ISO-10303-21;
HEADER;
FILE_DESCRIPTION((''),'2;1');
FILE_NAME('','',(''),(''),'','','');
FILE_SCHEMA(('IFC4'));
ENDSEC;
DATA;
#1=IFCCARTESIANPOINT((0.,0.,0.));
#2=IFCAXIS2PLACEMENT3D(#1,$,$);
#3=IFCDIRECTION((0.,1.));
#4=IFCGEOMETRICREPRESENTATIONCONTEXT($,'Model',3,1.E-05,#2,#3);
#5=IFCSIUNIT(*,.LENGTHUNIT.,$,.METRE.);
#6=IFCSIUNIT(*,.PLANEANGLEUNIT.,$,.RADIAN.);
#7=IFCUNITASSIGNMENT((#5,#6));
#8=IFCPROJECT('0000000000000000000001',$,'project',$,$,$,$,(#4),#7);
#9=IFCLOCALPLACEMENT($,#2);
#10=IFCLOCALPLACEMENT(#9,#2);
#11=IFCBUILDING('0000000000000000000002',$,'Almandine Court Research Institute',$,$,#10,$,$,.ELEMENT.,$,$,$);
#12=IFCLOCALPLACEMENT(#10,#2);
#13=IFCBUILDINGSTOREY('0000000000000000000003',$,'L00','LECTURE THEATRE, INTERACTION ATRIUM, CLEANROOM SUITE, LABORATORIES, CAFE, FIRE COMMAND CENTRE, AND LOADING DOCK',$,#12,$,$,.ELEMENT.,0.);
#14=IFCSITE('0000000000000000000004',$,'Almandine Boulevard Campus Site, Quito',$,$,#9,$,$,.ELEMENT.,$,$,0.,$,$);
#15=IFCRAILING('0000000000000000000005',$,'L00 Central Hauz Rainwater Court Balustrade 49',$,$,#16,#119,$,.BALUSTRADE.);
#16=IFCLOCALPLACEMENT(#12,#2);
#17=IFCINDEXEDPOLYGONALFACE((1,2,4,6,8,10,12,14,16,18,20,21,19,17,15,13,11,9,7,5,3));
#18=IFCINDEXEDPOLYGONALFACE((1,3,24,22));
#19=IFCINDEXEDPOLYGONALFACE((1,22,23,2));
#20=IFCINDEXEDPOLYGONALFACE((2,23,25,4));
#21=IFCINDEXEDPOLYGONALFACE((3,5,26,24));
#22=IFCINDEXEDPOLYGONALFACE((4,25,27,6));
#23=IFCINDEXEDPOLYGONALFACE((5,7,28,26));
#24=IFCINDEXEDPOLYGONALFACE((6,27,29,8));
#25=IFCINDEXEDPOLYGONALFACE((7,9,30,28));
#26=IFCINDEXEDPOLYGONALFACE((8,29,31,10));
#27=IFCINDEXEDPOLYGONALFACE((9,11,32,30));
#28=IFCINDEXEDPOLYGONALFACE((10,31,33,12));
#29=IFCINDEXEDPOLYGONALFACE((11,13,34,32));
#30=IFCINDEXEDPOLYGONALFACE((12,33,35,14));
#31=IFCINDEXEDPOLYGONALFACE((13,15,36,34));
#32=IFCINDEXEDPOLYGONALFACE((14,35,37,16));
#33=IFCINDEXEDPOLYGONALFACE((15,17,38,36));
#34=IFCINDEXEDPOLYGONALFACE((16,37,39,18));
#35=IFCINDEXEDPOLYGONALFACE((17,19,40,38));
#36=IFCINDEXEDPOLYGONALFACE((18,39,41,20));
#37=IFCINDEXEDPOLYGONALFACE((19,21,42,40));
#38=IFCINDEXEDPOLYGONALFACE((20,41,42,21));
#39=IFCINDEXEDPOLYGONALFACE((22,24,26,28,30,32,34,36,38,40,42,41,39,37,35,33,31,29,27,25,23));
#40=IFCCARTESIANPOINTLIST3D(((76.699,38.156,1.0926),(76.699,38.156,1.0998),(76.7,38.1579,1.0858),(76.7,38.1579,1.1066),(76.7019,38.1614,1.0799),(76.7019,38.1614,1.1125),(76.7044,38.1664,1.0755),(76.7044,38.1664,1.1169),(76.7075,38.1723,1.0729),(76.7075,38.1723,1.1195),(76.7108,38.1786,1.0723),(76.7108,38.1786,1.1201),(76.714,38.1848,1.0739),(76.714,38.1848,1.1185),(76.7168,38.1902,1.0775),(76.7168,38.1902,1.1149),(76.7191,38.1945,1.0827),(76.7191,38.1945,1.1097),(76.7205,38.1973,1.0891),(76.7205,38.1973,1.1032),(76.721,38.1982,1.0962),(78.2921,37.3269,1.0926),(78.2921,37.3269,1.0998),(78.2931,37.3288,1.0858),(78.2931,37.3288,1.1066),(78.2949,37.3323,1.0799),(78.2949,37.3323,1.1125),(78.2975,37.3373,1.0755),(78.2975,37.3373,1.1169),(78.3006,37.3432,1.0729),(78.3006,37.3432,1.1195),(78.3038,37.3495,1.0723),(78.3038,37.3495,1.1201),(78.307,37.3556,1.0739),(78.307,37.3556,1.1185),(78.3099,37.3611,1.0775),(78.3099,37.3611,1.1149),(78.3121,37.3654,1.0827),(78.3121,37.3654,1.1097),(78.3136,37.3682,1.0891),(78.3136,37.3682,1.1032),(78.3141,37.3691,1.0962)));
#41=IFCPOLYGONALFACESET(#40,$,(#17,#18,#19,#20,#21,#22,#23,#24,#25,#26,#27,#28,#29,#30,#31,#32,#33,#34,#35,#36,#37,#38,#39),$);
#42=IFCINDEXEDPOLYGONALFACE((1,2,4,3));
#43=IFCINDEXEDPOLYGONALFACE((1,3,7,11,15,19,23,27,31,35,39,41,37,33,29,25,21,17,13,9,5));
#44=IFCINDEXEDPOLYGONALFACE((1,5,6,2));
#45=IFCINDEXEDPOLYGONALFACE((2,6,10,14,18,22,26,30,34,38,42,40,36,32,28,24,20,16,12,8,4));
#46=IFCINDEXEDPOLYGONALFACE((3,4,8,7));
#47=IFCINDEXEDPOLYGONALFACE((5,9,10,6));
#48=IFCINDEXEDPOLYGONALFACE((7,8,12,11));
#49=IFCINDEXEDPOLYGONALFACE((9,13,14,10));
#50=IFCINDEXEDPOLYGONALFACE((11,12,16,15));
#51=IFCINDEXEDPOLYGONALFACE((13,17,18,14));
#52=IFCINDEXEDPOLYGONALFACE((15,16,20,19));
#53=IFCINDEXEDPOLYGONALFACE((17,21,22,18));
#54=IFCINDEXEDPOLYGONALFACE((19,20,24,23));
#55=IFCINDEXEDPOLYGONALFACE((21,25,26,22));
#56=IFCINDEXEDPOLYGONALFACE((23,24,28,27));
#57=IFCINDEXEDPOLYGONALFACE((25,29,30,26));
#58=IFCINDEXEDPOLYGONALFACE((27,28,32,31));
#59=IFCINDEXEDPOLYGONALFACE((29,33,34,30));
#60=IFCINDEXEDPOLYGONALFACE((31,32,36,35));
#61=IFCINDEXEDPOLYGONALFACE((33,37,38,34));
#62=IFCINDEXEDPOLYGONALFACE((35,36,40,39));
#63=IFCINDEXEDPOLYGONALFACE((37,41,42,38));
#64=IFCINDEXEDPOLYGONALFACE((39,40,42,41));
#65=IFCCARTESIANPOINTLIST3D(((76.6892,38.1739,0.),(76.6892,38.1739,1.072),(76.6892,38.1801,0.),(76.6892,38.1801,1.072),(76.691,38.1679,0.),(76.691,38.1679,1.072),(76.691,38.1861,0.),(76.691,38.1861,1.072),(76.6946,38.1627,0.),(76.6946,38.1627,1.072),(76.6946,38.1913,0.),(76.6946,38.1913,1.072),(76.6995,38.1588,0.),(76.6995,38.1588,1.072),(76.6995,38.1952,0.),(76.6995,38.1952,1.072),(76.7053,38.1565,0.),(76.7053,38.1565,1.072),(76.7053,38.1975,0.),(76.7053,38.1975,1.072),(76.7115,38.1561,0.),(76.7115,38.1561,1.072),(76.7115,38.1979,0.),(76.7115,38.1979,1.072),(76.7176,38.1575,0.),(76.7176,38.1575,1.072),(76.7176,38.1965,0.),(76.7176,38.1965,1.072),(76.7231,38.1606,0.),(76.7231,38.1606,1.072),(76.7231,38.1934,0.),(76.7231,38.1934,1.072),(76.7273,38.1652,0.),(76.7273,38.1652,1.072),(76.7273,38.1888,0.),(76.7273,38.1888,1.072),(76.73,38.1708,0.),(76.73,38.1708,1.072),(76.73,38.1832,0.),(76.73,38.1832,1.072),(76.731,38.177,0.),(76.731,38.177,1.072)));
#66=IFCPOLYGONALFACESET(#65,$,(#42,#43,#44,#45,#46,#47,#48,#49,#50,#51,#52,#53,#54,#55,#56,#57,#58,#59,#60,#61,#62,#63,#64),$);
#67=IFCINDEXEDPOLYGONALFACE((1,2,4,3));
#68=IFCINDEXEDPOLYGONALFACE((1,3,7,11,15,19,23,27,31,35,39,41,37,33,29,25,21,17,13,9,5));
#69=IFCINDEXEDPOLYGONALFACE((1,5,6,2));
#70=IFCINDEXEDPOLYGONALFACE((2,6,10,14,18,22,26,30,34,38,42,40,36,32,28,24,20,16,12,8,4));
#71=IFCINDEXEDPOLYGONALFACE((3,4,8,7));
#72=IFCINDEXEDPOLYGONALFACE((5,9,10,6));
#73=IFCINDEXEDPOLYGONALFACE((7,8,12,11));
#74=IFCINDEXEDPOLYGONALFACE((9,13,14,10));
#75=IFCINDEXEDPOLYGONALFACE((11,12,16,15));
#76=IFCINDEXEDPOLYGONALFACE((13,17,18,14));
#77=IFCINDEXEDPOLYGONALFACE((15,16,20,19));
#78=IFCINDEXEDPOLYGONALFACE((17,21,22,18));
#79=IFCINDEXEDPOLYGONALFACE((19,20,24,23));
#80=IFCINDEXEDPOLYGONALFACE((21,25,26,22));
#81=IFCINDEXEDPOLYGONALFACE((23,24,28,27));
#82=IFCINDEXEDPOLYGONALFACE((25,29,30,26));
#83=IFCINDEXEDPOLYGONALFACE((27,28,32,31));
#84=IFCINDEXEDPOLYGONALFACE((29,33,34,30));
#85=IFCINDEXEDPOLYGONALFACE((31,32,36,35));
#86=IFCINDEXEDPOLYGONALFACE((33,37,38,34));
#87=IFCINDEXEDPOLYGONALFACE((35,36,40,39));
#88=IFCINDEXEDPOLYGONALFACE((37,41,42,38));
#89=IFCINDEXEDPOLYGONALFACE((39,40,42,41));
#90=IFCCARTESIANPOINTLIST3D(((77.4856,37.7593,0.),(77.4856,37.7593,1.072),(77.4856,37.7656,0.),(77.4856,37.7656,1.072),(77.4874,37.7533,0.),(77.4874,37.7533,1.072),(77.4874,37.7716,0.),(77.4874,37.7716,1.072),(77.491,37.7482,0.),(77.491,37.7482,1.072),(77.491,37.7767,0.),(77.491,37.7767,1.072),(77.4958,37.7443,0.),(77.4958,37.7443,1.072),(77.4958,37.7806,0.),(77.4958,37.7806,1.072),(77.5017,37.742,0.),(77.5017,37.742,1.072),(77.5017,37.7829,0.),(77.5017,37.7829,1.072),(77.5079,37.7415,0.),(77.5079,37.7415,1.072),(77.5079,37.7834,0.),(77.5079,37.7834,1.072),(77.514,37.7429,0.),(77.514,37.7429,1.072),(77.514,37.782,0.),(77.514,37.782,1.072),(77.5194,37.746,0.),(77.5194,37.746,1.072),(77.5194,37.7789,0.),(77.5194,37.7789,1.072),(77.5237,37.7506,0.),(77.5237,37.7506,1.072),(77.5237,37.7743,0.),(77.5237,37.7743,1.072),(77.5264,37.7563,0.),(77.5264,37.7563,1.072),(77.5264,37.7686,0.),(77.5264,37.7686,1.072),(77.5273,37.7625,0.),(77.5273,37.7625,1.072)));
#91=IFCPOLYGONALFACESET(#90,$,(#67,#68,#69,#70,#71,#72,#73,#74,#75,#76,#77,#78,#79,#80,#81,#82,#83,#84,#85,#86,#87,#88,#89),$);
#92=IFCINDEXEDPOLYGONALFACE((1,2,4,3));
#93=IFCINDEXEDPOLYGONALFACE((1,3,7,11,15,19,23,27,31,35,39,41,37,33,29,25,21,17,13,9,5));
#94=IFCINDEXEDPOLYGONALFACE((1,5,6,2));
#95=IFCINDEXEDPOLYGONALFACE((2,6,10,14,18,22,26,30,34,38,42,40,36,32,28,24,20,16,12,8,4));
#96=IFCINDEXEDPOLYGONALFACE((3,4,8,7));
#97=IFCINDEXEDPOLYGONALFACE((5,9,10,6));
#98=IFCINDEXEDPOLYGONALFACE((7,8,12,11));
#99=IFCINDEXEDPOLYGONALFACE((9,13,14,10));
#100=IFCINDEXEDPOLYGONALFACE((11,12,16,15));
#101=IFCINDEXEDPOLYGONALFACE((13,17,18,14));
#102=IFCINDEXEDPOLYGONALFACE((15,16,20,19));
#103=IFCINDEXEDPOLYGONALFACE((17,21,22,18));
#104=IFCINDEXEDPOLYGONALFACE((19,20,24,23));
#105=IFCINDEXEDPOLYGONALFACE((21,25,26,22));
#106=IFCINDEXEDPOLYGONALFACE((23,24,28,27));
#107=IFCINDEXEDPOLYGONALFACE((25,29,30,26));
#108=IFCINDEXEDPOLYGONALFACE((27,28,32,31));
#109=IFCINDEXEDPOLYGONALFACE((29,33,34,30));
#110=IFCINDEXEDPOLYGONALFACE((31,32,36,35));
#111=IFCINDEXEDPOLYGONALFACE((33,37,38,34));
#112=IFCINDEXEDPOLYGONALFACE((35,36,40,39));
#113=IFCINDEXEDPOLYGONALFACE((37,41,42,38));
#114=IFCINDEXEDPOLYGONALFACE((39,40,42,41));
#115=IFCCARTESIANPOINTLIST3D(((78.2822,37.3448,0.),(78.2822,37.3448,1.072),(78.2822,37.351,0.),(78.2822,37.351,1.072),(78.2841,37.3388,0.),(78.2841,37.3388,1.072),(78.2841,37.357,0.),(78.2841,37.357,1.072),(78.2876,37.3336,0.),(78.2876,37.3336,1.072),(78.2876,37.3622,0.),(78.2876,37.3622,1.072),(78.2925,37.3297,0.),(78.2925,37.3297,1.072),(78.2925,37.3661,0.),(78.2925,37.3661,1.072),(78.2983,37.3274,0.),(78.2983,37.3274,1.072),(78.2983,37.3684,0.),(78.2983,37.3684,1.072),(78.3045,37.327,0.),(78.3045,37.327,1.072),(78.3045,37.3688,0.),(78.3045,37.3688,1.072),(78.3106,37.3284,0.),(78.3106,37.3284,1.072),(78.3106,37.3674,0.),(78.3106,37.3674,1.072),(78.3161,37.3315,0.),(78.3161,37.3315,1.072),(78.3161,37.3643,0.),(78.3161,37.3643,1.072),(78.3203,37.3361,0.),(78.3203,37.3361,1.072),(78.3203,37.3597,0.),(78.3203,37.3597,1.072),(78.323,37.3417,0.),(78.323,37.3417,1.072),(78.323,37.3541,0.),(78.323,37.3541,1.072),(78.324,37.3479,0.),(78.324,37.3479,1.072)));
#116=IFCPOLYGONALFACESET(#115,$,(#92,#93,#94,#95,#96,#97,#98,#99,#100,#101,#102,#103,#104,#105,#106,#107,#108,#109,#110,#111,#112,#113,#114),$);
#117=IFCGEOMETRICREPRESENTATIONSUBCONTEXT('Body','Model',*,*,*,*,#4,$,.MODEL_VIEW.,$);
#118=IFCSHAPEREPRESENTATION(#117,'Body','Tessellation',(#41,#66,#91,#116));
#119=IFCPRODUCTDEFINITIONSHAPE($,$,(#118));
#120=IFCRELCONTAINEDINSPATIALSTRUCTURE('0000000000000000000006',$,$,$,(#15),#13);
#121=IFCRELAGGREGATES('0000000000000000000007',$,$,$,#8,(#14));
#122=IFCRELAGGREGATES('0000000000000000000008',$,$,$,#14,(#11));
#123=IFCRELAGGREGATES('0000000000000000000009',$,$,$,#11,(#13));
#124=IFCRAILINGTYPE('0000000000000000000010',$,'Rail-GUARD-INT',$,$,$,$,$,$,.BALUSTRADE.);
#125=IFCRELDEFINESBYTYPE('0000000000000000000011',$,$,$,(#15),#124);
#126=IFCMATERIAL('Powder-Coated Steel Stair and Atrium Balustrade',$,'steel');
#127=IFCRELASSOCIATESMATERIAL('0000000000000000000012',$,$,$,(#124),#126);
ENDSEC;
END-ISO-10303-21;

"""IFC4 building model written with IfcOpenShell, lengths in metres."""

from ifc_helpers import new_model, si_unit, direction, frame, origin, origin_2d, place, context, subcontext, project, spatial, circle, extrude, material, type_object, element, save


model = new_model("IFC4")

# Units and contexts
model_context = context("Model", 3, precision=1e-05, world=origin(), true_north=direction((0.0, 1.0)))
body_context = subcontext(model_context, "Body", "Model", "MODEL_VIEW")
ifc_project = project(units=[si_unit("LENGTHUNIT", "METRE"), si_unit("PLANEANGLEUNIT", "RADIAN")], contexts=[model_context])

# Site, building, storey
site_placement = place(None, origin())
site = spatial("IfcSite", under=ifc_project, at=site_placement, Name="Almandine Boulevard Campus Site, Quito", CompositionType="ELEMENT", RefElevation=0.0)
building_placement = place(site_placement, origin())
building = spatial("IfcBuilding", under=site, at=building_placement, Name="Almandine Court Research Institute", CompositionType="ELEMENT")
storey_placement = place(building_placement, origin())
storey = spatial("IfcBuildingStorey", under=building, at=storey_placement, Name="L00", Description="LECTURE THEATRE, INTERACTION ATRIUM, CLEANROOM SUITE, LABORATORIES, CAFE, FIRE COMMAND CENTRE, AND LOADING DOCK", CompositionType="ELEMENT", Elevation=0.0)

# Railing
ifc_material_1 = material(Name="Powder-Coated Steel Stair and Atrium Balustrade", Category="steel")
railing_type = type_object("IfcRailingType", Name="Rail-GUARD-INT", PredefinedType="BALUSTRADE", material=ifc_material_1)
railing_1_placement = place(storey_placement, frame((76.71, 38.177, 0.0)))
element("IfcRailing", 1, at=railing_1_placement, inside=storey, type_object=railing_type, Name="L00 Central Hauz Rainwater Court Balustrade 49", PredefinedType="BALUSTRADE", context=body_context, shape_type="SweptSolid", body=[
    extrude(circle(Radius=0.0239, at=origin_2d()), frame((0.0, 0.0, 1.0962), z_axis=(0.88705, -0.461674, 0.0), x_axis=(0.461674, 0.88705, 0.0)), (0.0, 0.0, 1.0), 1.7959),
    extrude(circle(Radius=0.021, at=origin_2d()), origin(), (0.0, 0.0, 1.0), 1.072),
    extrude(circle(Radius=0.021, at=origin_2d()), frame((0.7964, -0.4146, 0.0)), (0.0, 0.0, 1.0), 1.072),
    extrude(circle(Radius=0.021, at=origin_2d()), frame((1.593, -0.8291, 0.0)), (0.0, 0.0, 1.0), 1.072),
])

save(model, "model.ifc")
